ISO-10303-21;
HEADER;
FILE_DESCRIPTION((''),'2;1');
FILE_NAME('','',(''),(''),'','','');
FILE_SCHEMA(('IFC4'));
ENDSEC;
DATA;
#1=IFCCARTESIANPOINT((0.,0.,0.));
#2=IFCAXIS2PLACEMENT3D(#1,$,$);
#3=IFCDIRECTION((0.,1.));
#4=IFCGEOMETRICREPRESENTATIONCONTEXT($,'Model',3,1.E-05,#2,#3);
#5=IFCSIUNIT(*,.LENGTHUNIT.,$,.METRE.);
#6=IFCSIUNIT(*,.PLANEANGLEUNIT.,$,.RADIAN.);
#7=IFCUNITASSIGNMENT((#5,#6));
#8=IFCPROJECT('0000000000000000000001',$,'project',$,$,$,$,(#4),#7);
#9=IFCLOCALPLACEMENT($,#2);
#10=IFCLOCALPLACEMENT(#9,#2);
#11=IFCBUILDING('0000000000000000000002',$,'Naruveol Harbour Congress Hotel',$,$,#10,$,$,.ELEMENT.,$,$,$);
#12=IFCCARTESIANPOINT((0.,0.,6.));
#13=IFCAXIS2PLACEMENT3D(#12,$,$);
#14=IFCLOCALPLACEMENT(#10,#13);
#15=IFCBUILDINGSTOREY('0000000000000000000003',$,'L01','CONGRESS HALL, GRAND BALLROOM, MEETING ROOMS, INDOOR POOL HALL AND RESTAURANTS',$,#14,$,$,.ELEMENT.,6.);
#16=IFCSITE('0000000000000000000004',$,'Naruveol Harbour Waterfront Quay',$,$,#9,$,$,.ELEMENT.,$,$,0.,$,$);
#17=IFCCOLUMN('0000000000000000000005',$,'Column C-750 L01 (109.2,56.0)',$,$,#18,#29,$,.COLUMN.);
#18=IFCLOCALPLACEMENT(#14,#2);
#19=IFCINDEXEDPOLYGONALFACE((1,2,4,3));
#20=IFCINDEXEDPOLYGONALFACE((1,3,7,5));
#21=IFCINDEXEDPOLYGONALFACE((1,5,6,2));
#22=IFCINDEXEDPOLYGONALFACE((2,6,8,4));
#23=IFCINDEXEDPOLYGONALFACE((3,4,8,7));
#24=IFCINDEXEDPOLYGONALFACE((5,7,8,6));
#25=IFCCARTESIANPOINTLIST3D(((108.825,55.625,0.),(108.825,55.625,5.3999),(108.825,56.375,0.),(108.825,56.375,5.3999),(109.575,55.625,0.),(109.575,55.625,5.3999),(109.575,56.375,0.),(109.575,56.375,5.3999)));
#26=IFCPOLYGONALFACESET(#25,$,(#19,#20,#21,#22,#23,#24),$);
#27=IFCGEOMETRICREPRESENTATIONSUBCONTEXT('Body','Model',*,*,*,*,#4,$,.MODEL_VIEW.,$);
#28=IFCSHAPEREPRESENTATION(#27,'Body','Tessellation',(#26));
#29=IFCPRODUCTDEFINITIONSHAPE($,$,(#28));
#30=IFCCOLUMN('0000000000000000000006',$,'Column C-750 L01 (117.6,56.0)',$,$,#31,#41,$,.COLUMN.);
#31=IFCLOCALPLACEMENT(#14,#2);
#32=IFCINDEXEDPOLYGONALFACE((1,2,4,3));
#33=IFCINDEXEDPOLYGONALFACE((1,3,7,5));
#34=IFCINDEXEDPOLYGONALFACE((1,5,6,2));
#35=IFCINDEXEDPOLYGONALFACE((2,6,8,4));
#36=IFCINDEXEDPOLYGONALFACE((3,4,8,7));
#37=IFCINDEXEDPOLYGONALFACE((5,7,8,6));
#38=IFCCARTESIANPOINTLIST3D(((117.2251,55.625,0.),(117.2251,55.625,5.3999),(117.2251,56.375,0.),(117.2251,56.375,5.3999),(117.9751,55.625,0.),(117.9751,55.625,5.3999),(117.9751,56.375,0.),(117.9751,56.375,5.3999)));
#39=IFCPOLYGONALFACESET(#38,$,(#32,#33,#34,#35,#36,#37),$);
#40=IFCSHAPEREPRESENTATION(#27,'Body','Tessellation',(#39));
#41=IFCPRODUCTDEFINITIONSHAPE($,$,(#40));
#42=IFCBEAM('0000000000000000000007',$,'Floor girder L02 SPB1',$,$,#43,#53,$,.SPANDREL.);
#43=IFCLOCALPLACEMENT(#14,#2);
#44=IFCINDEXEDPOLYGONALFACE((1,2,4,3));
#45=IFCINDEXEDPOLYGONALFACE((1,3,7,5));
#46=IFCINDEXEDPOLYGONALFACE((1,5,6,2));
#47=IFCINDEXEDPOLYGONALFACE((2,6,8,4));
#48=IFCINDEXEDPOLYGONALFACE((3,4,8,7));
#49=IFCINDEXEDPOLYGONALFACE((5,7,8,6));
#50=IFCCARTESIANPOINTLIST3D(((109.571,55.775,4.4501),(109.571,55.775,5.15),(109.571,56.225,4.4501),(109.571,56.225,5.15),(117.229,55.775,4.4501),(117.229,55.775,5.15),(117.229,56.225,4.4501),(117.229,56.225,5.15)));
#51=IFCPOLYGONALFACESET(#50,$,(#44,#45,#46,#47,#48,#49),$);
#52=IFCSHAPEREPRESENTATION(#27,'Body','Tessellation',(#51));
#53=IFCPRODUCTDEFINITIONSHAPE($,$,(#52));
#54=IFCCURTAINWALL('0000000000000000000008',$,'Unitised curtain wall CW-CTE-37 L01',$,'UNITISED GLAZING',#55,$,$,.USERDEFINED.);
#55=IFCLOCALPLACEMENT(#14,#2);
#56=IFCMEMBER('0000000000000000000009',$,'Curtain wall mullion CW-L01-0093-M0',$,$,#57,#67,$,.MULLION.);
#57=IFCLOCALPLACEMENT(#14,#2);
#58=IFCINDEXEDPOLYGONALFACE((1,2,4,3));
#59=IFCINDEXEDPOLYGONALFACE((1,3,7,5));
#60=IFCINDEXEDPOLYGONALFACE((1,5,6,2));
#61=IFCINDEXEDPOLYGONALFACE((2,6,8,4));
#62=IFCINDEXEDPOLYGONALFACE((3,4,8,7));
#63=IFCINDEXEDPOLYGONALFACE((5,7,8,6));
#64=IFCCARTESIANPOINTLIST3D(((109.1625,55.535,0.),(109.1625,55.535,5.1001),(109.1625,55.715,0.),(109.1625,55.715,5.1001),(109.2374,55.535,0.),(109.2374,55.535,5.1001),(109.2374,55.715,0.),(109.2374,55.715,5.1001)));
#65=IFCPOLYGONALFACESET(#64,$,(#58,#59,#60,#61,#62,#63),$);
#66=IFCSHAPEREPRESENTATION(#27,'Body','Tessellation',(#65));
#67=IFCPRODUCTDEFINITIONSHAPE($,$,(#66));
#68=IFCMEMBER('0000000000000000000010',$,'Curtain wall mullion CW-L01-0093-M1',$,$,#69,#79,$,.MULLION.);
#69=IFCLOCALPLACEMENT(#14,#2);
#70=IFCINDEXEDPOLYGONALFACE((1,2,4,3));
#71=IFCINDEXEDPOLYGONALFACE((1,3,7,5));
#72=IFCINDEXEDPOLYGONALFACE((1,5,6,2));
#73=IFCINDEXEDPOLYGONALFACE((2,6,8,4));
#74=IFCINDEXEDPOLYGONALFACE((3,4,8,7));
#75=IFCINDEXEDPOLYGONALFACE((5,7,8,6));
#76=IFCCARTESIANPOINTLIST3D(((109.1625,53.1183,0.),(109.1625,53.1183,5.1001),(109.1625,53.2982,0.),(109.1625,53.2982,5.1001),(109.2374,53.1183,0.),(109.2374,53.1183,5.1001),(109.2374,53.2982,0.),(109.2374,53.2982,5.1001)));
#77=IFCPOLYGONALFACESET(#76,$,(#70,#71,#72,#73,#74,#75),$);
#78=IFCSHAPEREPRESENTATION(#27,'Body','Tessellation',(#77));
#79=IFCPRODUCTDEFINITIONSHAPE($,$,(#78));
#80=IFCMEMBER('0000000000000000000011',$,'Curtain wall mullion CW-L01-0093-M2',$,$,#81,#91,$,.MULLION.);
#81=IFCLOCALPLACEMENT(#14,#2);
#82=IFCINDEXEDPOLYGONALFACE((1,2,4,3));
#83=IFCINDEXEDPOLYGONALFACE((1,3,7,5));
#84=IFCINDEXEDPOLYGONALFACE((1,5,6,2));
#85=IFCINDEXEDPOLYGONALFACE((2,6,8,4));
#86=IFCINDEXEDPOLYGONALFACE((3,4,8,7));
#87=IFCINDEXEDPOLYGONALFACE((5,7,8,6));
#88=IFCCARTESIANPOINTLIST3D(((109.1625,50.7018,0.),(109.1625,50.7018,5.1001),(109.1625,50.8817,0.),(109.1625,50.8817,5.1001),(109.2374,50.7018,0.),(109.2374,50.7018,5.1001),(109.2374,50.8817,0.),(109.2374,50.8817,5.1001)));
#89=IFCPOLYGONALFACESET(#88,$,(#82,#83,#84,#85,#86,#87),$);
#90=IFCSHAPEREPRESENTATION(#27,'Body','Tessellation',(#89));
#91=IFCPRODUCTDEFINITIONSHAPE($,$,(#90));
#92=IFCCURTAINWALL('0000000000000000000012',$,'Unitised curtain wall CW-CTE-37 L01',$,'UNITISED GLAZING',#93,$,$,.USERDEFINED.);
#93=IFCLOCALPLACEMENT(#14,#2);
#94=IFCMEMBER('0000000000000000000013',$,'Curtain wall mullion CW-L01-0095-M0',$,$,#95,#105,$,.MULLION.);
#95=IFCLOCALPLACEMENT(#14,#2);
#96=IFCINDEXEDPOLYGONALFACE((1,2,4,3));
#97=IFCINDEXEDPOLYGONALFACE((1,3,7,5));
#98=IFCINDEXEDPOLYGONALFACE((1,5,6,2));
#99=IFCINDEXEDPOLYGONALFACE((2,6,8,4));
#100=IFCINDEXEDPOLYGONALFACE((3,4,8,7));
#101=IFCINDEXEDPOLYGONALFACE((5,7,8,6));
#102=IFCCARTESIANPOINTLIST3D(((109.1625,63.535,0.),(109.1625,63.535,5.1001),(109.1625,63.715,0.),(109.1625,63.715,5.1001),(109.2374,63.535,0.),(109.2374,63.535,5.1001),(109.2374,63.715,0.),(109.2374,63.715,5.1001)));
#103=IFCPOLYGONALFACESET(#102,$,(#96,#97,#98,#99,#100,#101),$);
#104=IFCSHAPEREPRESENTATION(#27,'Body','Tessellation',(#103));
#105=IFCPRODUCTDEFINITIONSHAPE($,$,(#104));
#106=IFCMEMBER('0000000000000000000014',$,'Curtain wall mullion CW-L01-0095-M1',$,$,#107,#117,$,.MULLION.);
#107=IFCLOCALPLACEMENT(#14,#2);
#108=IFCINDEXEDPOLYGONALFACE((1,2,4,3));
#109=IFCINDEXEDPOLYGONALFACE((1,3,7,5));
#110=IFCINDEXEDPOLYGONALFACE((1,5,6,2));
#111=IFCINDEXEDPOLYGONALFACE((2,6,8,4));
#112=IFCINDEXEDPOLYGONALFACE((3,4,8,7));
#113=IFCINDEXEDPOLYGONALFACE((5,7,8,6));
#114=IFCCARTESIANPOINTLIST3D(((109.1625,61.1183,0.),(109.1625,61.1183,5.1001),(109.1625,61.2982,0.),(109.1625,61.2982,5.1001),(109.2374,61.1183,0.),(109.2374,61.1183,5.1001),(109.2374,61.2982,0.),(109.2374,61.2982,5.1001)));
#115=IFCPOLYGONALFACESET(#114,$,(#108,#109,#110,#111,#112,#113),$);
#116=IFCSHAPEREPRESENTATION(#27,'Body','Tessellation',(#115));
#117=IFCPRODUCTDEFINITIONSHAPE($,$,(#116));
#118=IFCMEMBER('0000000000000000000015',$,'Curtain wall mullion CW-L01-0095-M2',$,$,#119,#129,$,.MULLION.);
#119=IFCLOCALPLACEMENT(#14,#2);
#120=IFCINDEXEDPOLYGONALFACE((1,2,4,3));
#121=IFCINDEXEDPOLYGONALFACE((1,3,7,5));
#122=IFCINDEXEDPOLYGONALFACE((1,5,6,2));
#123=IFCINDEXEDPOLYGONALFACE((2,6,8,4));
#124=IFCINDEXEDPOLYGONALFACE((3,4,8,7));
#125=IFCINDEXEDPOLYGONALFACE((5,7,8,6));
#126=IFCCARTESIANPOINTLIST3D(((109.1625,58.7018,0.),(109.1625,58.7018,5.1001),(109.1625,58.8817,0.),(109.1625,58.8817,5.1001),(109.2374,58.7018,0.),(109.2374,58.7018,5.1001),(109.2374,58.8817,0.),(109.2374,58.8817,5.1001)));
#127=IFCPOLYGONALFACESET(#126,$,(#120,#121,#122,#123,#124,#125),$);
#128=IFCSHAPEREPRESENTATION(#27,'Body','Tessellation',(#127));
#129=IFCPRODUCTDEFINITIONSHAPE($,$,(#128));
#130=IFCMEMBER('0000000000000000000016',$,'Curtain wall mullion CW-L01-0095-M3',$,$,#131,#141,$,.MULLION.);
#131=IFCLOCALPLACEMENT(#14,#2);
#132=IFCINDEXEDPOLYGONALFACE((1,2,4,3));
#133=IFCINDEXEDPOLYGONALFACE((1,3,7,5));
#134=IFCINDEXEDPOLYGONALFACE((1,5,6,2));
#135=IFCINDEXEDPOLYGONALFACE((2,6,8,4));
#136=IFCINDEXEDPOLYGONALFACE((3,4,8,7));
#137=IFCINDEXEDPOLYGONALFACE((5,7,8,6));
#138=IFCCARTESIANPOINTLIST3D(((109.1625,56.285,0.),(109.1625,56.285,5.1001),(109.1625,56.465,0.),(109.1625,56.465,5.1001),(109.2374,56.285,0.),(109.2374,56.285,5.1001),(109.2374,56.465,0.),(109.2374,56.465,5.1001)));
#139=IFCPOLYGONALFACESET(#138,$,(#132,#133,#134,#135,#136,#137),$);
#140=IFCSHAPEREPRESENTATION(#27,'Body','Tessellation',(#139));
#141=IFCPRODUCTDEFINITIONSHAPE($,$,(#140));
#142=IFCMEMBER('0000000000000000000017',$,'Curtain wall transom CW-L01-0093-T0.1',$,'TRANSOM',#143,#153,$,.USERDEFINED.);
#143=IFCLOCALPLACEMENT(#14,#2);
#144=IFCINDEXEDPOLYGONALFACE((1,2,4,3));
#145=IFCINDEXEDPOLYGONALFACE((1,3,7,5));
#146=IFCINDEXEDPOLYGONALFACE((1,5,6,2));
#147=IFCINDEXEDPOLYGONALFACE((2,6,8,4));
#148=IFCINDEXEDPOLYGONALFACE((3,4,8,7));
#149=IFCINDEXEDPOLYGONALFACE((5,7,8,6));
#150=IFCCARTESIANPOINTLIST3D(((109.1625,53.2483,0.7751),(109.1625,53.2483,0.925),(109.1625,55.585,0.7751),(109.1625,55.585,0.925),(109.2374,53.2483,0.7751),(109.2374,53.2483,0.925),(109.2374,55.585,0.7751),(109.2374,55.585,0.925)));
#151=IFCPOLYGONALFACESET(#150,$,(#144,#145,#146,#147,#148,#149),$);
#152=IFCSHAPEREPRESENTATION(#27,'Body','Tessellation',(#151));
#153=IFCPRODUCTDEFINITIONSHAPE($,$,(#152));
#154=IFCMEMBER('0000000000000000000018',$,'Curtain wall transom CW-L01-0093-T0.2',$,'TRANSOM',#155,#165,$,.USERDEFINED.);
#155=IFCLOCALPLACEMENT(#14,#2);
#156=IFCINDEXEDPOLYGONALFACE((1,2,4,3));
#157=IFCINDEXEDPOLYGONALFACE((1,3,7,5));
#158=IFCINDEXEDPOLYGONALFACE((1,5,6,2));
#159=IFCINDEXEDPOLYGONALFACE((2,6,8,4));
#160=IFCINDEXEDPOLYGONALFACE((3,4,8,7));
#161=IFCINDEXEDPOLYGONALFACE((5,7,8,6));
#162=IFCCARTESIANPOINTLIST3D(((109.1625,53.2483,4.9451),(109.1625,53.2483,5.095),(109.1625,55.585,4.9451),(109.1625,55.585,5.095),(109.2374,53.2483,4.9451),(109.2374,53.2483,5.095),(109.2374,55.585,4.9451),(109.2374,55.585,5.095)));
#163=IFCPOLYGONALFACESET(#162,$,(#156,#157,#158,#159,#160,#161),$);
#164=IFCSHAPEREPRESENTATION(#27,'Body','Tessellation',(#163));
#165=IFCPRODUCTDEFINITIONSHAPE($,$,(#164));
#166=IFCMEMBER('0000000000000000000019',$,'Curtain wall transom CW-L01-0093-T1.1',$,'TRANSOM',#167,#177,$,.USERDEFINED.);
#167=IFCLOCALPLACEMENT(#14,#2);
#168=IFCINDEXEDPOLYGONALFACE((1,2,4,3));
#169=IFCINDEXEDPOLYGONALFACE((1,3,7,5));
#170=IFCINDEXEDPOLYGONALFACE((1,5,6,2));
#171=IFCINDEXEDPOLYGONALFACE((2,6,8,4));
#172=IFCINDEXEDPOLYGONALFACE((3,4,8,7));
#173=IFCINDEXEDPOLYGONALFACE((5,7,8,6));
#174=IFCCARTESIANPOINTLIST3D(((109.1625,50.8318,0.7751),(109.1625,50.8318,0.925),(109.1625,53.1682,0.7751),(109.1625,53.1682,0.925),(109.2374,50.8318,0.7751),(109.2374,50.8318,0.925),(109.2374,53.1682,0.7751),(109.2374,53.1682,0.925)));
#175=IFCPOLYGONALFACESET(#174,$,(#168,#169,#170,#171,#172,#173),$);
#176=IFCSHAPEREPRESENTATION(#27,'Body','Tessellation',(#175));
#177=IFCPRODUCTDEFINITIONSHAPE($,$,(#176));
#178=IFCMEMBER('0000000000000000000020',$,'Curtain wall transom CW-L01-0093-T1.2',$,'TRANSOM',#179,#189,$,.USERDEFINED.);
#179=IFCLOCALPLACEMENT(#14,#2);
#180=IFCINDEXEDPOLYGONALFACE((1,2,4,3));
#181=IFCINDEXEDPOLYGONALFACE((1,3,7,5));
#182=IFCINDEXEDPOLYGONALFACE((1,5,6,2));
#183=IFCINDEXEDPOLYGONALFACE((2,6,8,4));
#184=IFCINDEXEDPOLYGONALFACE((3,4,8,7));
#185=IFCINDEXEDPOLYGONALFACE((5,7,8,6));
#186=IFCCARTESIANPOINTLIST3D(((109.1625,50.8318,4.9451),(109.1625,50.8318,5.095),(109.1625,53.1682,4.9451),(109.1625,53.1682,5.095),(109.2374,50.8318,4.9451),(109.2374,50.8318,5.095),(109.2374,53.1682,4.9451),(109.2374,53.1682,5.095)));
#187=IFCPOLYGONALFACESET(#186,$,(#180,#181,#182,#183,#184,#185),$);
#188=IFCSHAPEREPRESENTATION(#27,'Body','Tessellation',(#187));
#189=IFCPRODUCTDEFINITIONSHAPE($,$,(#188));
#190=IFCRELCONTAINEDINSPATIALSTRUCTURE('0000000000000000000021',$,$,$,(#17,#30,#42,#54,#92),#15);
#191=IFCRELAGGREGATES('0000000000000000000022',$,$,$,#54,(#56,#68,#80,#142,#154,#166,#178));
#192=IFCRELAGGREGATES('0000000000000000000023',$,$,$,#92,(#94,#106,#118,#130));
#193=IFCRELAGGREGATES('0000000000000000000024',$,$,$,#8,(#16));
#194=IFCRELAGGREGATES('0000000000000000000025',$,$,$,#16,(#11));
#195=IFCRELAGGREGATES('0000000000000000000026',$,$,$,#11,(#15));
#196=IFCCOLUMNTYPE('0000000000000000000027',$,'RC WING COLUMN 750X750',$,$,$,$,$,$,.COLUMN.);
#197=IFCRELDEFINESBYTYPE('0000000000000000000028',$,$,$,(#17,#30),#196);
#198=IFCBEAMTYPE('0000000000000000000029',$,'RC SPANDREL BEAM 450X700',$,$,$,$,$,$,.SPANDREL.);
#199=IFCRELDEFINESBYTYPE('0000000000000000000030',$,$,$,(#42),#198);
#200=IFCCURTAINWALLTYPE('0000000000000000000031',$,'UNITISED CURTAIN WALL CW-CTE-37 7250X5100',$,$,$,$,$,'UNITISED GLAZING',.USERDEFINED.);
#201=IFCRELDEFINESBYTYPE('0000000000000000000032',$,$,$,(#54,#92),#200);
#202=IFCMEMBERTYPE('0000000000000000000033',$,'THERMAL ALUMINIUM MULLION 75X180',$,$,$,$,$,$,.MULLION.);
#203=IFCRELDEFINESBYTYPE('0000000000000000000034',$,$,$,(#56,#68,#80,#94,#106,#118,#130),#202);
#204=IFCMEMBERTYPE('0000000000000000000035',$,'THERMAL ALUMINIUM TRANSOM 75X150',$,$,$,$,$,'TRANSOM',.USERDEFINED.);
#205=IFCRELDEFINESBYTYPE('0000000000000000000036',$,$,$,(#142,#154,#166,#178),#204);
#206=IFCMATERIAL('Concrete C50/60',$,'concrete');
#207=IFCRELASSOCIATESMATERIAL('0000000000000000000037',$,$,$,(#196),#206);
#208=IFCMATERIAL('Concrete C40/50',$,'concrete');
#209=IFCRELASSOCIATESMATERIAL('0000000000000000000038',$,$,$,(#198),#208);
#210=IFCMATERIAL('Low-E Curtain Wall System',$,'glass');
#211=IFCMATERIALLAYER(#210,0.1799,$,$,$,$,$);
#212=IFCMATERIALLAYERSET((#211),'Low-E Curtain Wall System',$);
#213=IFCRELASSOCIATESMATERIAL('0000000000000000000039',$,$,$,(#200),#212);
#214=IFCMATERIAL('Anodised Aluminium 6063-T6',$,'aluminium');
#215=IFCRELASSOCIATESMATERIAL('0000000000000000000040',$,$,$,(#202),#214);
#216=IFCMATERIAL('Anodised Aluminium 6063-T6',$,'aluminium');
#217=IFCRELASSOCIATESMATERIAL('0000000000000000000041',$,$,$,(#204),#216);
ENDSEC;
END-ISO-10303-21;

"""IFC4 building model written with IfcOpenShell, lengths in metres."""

from ifc_helpers import new_model, si_unit, direction, frame, origin, origin_2d, place, context, subcontext, project, spatial, rectangle, extrude, material, layer, layer_set, material_profile, profile_set, type_object, element, aggregate, save


model = new_model("IFC4")

# Units and contexts
model_context = context("Model", 3, precision=1e-05, world=origin(), true_north=direction((0.0, 1.0)))
body_context = subcontext(model_context, "Body", "Model", "MODEL_VIEW")
ifc_project = project(units=[si_unit("LENGTHUNIT", "METRE"), si_unit("PLANEANGLEUNIT", "RADIAN")], contexts=[model_context])

# Site, building, storey
site_placement = place(None, origin())
site = spatial("IfcSite", under=ifc_project, at=site_placement, Name="Naruveol Harbour Waterfront Quay", CompositionType="ELEMENT", RefElevation=0.0)
building_placement = place(site_placement, origin())
building = spatial("IfcBuilding", under=site, at=building_placement, Name="Naruveol Harbour Congress Hotel", CompositionType="ELEMENT")
storey_placement = place(building_placement, frame((0.0, 0.0, 6.0)))
storey = spatial("IfcBuildingStorey", under=building, at=storey_placement, Name="L01", Description="CONGRESS HALL, GRAND BALLROOM, MEETING ROOMS, INDOOR POOL HALL AND RESTAURANTS", CompositionType="ELEMENT", Elevation=6.0)

# Columns
ifc_material_1 = material(Name="Concrete C50/60", Category="concrete")
ifc_material_profile_1 = material_profile(ifc_material_1, rectangle(XDim=0.75, YDim=0.75, at=origin_2d()), Name="RC-750x750")
ifc_profile_set_1 = profile_set([ifc_material_profile_1], Name="Concrete C50/60")
column_type = type_object("IfcColumnType", Name="RC WING COLUMN 750X750", PredefinedType="COLUMN", material=ifc_profile_set_1)
for number, where, z_axis, x_axis, name in (
    (1, (109.2, 56.0, 0.0), (0.0, 0.0, 1.0), (1.0, 0.0, 0.0), "Column C-750 L01 (109.2,56.0)"),
    (2, (117.6001, 56.0, 0.0), (0.0, 0.0, 1.0), (1.0, 0.0, 0.0), "Column C-750 L01 (117.6,56.0)"),
):
    element("IfcColumn", number, at=place(storey_placement, frame(where, z_axis=z_axis, x_axis=x_axis)), inside=storey, type_object=column_type, Name=name, PredefinedType="COLUMN", context=body_context, shape_type="SweptSolid", body=[
        extrude(rectangle(XDim=0.75, YDim=0.75, at=origin_2d()), origin(), (0.0, 0.0, 1.0), 5.3999),
    ])

# Beam
ifc_material_2 = material(Name="Concrete C40/50", Category="concrete")
ifc_material_profile_2 = material_profile(ifc_material_2, rectangle(XDim=0.45, YDim=0.7, at=origin_2d()), Name="RCB-450x700")
ifc_profile_set_2 = profile_set([ifc_material_profile_2], Name="Concrete C40/50")
beam_type = type_object("IfcBeamType", Name="RC SPANDREL BEAM 450X700", PredefinedType="SPANDREL", material=ifc_profile_set_2)
beam_placement = place(storey_placement, frame((109.571, 56.0, 4.8), z_axis=(1.0, 0.0, 0.0), x_axis=(0.0, 1.0, 0.0)))
element("IfcBeam", 3, at=beam_placement, inside=storey, type_object=beam_type, Name="Floor girder L02 SPB1", PredefinedType="SPANDREL", context=body_context, shape_type="SweptSolid", body=[
    extrude(rectangle(XDim=0.45, YDim=0.7, at=origin_2d()), origin(), (0.0, 0.0, 1.0), 7.658),
])

# Curtain walls, members
ifc_material_3 = material(Name="Low-E Curtain Wall System", Category="glass")
ifc_layer_1 = layer(ifc_material_3, 0.1799)
ifc_layer_set_1 = layer_set([ifc_layer_1], Name="Low-E Curtain Wall System")
curtain_wall_type = type_object("IfcCurtainWallType", Name="UNITISED CURTAIN WALL CW-CTE-37 7250X5100", ElementType="UNITISED GLAZING", PredefinedType="USERDEFINED", material=ifc_layer_set_1)
curtain_wall_1_placement = place(storey_placement, origin())
curtain_wall_1 = element("IfcCurtainWall", 4, at=curtain_wall_1_placement, inside=storey, type_object=curtain_wall_type, Name="Unitised curtain wall CW-CTE-37 L01", ObjectType="UNITISED GLAZING", PredefinedType="USERDEFINED")
ifc_material_4 = material(Name="Anodised Aluminium 6063-T6", Category="aluminium")
ifc_material_profile_3 = material_profile(ifc_material_4, rectangle(XDim=0.075, YDim=0.1799, at=origin_2d()), Name="ALU-75x180")
ifc_profile_set_3 = profile_set([ifc_material_profile_3], Name="Anodised Aluminium 6063-T6")
member_type_1 = type_object("IfcMemberType", Name="THERMAL ALUMINIUM MULLION 75X180", PredefinedType="MULLION", material=ifc_profile_set_3)
member_1_placement = place(storey_placement, frame((109.2, 55.625, 0.0), z_axis=(0.0, 0.0, 1.0), x_axis=(1.0, 0.0, 0.0)))
member_1 = element("IfcMember", 5, at=member_1_placement, type_object=member_type_1, Name="Curtain wall mullion CW-L01-0093-M0", PredefinedType="MULLION", context=body_context, shape_type="SweptSolid", body=[
    extrude(rectangle(XDim=0.075, YDim=0.1799, at=origin_2d()), origin(), (0.0, 0.0, 1.0), 5.1001),
])
member_2_placement = place(storey_placement, frame((109.2, 53.2083, 0.0), z_axis=(0.0, 0.0, 1.0), x_axis=(1.0, 0.0, 0.0)))
member_2 = element("IfcMember", 6, at=member_2_placement, type_object=member_type_1, Name="Curtain wall mullion CW-L01-0093-M1", PredefinedType="MULLION", context=body_context, shape_type="SweptSolid", body=[
    extrude(rectangle(XDim=0.075, YDim=0.1799, at=origin_2d()), origin(), (0.0, 0.0, 1.0), 5.1001),
])
member_3_placement = place(storey_placement, frame((109.2, 50.7917, 0.0), z_axis=(0.0, 0.0, 1.0), x_axis=(1.0, 0.0, 0.0)))
member_3 = element("IfcMember", 7, at=member_3_placement, type_object=member_type_1, Name="Curtain wall mullion CW-L01-0093-M2", PredefinedType="MULLION", context=body_context, shape_type="SweptSolid", body=[
    extrude(rectangle(XDim=0.075, YDim=0.1799, at=origin_2d()), origin(), (0.0, 0.0, 1.0), 5.1001),
])
curtain_wall_2_placement = place(storey_placement, origin())
curtain_wall_2 = element("IfcCurtainWall", 8, at=curtain_wall_2_placement, inside=storey, type_object=curtain_wall_type, Name="Unitised curtain wall CW-CTE-37 L01", ObjectType="UNITISED GLAZING", PredefinedType="USERDEFINED")
member_4_placement = place(storey_placement, frame((109.2, 63.625, 0.0), z_axis=(0.0, 0.0, 1.0), x_axis=(1.0, 0.0, 0.0)))
member_4 = element("IfcMember", 9, at=member_4_placement, type_object=member_type_1, Name="Curtain wall mullion CW-L01-0095-M0", PredefinedType="MULLION", context=body_context, shape_type="SweptSolid", body=[
    extrude(rectangle(XDim=0.075, YDim=0.1799, at=origin_2d()), origin(), (0.0, 0.0, 1.0), 5.1001),
])
member_5_placement = place(storey_placement, frame((109.2, 61.2083, 0.0), z_axis=(0.0, 0.0, 1.0), x_axis=(1.0, 0.0, 0.0)))
member_5 = element("IfcMember", 10, at=member_5_placement, type_object=member_type_1, Name="Curtain wall mullion CW-L01-0095-M1", PredefinedType="MULLION", context=body_context, shape_type="SweptSolid", body=[
    extrude(rectangle(XDim=0.075, YDim=0.1799, at=origin_2d()), origin(), (0.0, 0.0, 1.0), 5.1001),
])
member_6_placement = place(storey_placement, frame((109.2, 58.7917, 0.0), z_axis=(0.0, 0.0, 1.0), x_axis=(1.0, 0.0, 0.0)))
member_6 = element("IfcMember", 11, at=member_6_placement, type_object=member_type_1, Name="Curtain wall mullion CW-L01-0095-M2", PredefinedType="MULLION", context=body_context, shape_type="SweptSolid", body=[
    extrude(rectangle(XDim=0.075, YDim=0.1799, at=origin_2d()), origin(), (0.0, 0.0, 1.0), 5.1001),
])
member_7_placement = place(storey_placement, frame((109.2, 56.375, 0.0), z_axis=(0.0, 0.0, 1.0), x_axis=(1.0, 0.0, 0.0)))
member_7 = element("IfcMember", 12, at=member_7_placement, type_object=member_type_1, Name="Curtain wall mullion CW-L01-0095-M3", PredefinedType="MULLION", context=body_context, shape_type="SweptSolid", body=[
    extrude(rectangle(XDim=0.075, YDim=0.1799, at=origin_2d()), origin(), (0.0, 0.0, 1.0), 5.1001),
])

# Members
ifc_material_5 = material(Name="Anodised Aluminium 6063-T6", Category="aluminium")
ifc_material_profile_4 = material_profile(ifc_material_5, rectangle(XDim=0.075, YDim=0.1499, at=origin_2d()), Name="ALU-75x150")
ifc_profile_set_4 = profile_set([ifc_material_profile_4], Name="Anodised Aluminium 6063-T6")
member_type_2 = type_object("IfcMemberType", Name="THERMAL ALUMINIUM TRANSOM 75X150", ElementType="TRANSOM", PredefinedType="USERDEFINED", material=ifc_profile_set_4)
member_8_placement = place(storey_placement, frame((109.2, 55.585, 0.8501), z_axis=(0.0, -1.0, 0.0), x_axis=(1.0, 0.0, 0.0)))
member_8 = element("IfcMember", 13, at=member_8_placement, type_object=member_type_2, Name="Curtain wall transom CW-L01-0093-T0.1", ObjectType="TRANSOM", PredefinedType="USERDEFINED", context=body_context, shape_type="SweptSolid", body=[
    extrude(rectangle(XDim=0.075, YDim=0.1499, at=origin_2d()), origin(), (0.0, 0.0, 1.0), 2.3367),
])
member_9_placement = place(storey_placement, frame((109.2, 55.585, 5.02), z_axis=(0.0, -1.0, 0.0), x_axis=(1.0, 0.0, 0.0)))
member_9 = element("IfcMember", 14, at=member_9_placement, type_object=member_type_2, Name="Curtain wall transom CW-L01-0093-T0.2", ObjectType="TRANSOM", PredefinedType="USERDEFINED", context=body_context, shape_type="SweptSolid", body=[
    extrude(rectangle(XDim=0.075, YDim=0.1499, at=origin_2d()), origin(), (0.0, 0.0, 1.0), 2.3367),
])
member_10_placement = place(storey_placement, frame((109.2, 53.1682, 0.8501), z_axis=(0.0, -1.0, 0.0), x_axis=(1.0, 0.0, 0.0)))
member_10 = element("IfcMember", 15, at=member_10_placement, type_object=member_type_2, Name="Curtain wall transom CW-L01-0093-T1.1", ObjectType="TRANSOM", PredefinedType="USERDEFINED", context=body_context, shape_type="SweptSolid", body=[
    extrude(rectangle(XDim=0.075, YDim=0.1499, at=origin_2d()), origin(), (0.0, 0.0, 1.0), 2.3364),
])
member_11_placement = place(storey_placement, frame((109.2, 53.1682, 5.02), z_axis=(0.0, -1.0, 0.0), x_axis=(1.0, 0.0, 0.0)))
member_11 = element("IfcMember", 16, at=member_11_placement, type_object=member_type_2, Name="Curtain wall transom CW-L01-0093-T1.2", ObjectType="TRANSOM", PredefinedType="USERDEFINED", context=body_context, shape_type="SweptSolid", body=[
    extrude(rectangle(XDim=0.075, YDim=0.1499, at=origin_2d()), origin(), (0.0, 0.0, 1.0), 2.3364),
])

aggregate(curtain_wall_1, [member_1, member_2, member_3, member_8, member_9, member_10, member_11])
aggregate(curtain_wall_2, [member_4, member_5, member_6, member_7])

save(model, "model.ifc")
